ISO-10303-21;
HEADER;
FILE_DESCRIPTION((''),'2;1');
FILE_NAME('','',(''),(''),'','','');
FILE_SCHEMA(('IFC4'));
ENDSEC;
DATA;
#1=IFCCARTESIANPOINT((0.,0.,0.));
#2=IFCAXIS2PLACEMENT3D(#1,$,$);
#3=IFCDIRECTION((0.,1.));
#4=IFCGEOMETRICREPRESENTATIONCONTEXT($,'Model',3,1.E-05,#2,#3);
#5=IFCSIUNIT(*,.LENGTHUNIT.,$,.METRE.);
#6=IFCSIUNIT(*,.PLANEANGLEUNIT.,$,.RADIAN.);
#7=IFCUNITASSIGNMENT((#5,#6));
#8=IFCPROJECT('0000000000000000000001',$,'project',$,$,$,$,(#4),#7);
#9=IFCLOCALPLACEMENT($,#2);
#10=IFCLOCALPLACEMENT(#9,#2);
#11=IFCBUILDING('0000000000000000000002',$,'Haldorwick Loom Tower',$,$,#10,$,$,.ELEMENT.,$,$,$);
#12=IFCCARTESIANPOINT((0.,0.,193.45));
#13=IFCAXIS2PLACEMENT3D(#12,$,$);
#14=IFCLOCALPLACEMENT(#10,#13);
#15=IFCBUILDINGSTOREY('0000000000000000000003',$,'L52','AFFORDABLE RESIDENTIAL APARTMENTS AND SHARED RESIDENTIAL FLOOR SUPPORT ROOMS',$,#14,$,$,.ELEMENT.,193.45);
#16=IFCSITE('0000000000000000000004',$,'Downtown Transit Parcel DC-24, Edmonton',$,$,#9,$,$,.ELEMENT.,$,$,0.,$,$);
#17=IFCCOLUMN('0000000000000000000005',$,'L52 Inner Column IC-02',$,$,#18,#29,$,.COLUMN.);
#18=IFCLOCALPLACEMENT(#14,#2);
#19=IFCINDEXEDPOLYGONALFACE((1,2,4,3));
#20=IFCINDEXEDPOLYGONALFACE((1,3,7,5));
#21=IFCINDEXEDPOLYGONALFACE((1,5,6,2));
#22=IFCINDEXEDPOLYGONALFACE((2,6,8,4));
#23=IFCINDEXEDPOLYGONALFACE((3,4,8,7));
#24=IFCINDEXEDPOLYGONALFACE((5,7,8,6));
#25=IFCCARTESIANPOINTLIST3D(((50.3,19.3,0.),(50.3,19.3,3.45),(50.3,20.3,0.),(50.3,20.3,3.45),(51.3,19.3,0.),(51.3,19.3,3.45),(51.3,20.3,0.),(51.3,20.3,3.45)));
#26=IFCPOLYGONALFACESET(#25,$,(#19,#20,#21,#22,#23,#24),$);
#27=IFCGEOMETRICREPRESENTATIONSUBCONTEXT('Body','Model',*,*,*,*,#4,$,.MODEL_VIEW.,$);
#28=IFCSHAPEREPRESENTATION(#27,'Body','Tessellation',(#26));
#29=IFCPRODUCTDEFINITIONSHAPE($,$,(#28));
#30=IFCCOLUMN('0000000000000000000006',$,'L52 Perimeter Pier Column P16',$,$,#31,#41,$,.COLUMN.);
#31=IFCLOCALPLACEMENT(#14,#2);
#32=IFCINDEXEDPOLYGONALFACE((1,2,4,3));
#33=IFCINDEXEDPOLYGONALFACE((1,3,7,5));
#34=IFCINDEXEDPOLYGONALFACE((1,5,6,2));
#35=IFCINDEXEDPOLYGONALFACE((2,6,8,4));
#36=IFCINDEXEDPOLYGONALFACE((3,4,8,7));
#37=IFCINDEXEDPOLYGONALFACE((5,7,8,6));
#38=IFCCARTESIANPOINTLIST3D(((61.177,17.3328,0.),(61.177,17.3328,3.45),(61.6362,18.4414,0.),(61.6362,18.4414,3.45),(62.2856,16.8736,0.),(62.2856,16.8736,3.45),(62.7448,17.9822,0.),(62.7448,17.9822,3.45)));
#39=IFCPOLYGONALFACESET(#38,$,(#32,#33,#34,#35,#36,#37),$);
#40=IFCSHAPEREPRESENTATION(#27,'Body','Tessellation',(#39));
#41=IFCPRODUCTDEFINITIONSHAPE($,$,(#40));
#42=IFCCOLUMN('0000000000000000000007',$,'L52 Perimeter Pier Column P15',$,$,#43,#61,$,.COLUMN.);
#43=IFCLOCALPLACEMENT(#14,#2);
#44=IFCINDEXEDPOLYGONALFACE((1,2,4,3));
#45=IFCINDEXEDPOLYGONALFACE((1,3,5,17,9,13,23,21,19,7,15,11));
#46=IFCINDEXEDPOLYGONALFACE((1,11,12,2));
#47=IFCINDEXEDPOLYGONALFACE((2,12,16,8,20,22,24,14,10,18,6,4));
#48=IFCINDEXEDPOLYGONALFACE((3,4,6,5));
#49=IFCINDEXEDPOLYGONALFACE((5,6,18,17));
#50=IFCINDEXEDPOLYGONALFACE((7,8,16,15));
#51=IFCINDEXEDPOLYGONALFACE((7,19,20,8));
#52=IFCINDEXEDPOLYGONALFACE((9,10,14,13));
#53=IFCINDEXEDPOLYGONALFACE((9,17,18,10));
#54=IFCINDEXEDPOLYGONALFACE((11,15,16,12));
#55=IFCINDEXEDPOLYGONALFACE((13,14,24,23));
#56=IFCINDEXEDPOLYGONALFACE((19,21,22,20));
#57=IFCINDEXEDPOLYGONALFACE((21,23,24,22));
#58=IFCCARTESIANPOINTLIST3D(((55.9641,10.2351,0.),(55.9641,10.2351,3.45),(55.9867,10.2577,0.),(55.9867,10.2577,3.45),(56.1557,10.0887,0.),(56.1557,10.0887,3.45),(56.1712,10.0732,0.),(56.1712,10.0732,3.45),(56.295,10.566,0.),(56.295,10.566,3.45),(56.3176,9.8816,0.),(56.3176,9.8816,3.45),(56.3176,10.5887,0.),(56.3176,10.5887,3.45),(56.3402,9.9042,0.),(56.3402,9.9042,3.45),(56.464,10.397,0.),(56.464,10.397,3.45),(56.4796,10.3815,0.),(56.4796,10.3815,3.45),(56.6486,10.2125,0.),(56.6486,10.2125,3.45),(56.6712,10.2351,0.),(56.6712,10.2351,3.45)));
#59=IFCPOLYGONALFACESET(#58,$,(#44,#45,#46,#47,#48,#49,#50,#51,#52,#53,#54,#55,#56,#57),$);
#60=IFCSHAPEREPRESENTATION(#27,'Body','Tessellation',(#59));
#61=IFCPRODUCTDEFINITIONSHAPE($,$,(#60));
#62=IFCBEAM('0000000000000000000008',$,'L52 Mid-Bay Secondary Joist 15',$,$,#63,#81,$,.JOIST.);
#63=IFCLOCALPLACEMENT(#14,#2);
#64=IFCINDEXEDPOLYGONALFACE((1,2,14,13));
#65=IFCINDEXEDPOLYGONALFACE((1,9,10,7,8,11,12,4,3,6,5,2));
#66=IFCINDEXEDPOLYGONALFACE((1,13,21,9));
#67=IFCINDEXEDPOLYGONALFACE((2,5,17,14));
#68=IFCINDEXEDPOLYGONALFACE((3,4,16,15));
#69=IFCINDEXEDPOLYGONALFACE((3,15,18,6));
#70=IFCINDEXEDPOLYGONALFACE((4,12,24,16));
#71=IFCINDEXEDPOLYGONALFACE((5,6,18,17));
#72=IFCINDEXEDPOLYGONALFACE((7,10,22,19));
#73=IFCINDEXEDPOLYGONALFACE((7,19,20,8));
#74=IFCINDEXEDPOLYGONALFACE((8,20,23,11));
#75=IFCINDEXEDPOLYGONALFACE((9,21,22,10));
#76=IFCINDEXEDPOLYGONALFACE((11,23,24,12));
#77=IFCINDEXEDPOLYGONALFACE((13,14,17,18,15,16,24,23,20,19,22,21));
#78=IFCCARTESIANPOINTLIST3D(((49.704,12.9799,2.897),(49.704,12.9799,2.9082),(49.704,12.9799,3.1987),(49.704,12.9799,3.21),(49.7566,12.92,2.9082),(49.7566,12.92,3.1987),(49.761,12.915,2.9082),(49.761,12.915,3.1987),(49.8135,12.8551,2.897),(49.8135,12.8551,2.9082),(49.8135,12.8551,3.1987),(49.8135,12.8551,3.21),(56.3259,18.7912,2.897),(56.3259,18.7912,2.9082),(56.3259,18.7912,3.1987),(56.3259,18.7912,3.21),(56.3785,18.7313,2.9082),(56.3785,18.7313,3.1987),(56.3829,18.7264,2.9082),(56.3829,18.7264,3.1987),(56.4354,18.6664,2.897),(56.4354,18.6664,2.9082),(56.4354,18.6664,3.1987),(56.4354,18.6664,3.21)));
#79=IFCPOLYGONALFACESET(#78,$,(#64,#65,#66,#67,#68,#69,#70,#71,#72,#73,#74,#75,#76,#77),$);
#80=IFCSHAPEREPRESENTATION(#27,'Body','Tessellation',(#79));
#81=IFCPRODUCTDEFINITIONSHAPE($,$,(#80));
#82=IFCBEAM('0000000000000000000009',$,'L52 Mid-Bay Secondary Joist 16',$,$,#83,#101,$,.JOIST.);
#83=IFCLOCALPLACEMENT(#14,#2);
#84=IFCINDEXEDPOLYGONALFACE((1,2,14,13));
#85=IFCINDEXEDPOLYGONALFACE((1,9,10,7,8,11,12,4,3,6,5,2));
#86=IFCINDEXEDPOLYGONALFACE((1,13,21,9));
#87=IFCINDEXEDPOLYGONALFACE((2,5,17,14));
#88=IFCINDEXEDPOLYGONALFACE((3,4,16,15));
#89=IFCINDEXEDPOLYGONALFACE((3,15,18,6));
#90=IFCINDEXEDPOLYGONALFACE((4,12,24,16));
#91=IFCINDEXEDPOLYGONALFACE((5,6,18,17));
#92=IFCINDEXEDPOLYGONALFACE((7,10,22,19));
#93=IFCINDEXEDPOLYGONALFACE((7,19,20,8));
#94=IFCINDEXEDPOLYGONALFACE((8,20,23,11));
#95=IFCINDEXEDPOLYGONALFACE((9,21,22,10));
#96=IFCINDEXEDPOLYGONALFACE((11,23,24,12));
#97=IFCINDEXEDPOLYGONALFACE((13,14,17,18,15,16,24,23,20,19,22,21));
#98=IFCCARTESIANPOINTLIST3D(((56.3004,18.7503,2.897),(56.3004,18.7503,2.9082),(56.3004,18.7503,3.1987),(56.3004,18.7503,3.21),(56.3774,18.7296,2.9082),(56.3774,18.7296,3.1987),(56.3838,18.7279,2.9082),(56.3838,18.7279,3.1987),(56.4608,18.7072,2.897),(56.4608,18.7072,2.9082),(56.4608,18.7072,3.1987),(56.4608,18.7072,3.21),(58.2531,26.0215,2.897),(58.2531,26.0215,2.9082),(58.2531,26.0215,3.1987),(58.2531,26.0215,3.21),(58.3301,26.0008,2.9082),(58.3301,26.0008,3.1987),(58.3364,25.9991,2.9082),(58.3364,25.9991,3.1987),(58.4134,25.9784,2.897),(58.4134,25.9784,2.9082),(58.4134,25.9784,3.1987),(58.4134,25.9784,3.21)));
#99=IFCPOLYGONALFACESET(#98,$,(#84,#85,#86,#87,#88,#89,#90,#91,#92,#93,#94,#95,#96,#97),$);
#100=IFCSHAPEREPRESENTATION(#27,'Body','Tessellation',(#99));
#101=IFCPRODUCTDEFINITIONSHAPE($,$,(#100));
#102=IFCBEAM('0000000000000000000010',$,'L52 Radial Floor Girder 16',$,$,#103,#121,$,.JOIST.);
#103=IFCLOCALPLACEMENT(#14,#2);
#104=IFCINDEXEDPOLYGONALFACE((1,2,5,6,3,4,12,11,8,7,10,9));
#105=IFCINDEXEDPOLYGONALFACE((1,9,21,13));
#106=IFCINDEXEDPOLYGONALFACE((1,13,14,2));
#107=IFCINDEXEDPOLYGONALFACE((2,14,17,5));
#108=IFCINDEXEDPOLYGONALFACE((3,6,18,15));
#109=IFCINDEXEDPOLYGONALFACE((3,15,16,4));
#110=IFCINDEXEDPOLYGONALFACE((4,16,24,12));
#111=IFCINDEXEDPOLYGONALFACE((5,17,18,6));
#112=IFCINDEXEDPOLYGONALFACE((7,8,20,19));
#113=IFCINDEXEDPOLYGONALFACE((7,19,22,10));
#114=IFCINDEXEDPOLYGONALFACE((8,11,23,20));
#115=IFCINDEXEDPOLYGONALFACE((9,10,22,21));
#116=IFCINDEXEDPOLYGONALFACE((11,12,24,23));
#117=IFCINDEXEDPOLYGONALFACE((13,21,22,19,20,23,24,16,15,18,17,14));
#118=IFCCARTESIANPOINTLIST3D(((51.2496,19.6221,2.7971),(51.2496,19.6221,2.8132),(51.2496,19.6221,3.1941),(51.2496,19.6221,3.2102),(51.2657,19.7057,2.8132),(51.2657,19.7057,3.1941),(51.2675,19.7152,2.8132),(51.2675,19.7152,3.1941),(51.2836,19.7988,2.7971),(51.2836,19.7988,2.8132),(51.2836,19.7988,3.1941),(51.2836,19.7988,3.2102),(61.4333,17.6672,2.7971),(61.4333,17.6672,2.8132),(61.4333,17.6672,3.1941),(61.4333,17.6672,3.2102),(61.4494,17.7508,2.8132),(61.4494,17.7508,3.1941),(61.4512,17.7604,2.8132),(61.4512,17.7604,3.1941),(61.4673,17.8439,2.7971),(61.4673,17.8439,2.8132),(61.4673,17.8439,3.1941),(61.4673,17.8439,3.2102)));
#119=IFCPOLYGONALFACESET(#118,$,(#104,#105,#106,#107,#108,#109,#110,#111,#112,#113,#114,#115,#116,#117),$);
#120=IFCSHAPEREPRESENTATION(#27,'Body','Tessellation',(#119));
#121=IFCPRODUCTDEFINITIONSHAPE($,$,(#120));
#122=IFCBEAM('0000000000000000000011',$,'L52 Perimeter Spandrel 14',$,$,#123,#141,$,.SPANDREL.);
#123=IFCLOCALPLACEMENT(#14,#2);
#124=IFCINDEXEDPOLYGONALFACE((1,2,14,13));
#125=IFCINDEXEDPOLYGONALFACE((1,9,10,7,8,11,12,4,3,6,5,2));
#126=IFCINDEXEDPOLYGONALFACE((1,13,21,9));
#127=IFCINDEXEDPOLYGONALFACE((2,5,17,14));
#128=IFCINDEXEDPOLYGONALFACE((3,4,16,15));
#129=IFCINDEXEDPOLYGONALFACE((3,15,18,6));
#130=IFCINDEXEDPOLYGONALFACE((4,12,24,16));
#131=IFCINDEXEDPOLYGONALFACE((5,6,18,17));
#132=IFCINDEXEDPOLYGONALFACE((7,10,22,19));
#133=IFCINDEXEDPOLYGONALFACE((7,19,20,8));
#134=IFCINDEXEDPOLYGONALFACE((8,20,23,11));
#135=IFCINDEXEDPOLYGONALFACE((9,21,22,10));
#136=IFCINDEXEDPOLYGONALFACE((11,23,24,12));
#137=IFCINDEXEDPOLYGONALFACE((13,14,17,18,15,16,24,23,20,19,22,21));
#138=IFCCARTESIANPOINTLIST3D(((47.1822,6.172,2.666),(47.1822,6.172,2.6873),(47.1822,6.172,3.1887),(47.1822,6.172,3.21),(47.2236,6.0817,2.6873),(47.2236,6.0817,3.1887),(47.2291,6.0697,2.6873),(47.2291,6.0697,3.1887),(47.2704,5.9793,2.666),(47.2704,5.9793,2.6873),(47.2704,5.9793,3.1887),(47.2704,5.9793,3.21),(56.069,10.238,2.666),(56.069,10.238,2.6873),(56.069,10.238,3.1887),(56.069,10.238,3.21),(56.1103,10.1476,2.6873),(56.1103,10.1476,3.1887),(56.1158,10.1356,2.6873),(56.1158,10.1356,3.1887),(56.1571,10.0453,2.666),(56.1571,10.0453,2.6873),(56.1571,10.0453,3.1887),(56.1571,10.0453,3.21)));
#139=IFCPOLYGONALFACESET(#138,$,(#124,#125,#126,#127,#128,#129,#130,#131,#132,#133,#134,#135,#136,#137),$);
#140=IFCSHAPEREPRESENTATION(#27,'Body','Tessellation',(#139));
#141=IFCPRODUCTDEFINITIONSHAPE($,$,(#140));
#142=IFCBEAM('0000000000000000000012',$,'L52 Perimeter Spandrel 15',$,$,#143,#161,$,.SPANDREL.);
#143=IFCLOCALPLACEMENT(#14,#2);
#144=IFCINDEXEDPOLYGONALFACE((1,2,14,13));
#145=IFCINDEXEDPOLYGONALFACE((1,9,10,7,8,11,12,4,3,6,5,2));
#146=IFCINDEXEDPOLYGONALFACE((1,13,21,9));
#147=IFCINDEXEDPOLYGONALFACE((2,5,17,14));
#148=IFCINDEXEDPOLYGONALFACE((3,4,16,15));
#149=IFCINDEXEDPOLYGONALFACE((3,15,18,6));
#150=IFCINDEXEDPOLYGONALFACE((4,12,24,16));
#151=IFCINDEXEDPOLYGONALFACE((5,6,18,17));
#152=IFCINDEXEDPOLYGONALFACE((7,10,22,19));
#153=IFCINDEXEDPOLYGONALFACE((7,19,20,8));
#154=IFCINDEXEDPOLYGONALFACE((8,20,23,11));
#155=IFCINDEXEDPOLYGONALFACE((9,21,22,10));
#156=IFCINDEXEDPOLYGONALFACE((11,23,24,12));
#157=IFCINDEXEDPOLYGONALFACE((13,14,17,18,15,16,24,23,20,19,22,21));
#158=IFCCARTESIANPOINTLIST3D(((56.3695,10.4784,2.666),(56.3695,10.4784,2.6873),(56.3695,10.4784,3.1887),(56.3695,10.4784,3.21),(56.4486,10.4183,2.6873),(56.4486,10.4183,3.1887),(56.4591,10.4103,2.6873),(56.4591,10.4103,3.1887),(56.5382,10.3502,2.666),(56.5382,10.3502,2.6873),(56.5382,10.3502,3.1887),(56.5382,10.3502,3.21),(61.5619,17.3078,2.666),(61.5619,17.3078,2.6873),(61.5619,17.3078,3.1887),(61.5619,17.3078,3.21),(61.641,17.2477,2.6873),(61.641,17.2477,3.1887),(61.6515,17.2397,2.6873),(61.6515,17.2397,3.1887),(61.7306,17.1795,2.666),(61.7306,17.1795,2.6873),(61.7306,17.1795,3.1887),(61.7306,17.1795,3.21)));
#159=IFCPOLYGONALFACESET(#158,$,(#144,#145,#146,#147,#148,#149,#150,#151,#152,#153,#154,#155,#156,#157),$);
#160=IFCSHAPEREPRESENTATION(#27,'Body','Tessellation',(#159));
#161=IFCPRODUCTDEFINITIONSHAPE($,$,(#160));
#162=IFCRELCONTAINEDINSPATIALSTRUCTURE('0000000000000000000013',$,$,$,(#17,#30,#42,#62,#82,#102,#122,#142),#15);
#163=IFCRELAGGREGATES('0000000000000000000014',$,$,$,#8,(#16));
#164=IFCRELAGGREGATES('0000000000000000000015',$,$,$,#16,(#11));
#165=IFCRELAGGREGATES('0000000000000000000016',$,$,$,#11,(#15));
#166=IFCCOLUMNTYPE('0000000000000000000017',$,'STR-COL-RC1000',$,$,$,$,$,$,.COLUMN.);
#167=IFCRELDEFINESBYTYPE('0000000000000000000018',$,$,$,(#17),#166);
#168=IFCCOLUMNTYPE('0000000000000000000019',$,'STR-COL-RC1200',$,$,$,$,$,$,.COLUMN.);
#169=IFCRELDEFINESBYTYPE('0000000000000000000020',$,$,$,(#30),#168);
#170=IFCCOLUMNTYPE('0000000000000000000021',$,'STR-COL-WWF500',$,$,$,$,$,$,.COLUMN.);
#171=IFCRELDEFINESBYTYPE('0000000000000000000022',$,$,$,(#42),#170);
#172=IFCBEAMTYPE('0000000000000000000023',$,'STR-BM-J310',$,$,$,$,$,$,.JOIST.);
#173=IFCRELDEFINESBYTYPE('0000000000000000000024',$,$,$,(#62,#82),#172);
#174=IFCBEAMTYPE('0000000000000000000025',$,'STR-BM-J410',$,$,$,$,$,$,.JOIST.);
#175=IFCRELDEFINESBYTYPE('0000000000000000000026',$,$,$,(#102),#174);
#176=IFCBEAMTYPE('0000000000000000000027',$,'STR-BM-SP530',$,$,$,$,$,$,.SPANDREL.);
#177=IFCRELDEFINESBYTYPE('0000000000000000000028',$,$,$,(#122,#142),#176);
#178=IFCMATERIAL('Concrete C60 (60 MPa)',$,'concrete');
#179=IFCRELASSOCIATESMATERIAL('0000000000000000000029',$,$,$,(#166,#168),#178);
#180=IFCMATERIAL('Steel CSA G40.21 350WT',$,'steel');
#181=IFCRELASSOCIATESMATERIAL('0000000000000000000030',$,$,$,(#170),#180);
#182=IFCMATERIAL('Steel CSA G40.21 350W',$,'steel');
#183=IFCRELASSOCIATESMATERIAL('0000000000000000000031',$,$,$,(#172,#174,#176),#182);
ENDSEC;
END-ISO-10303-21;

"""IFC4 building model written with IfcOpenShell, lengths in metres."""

from ifc_helpers import new_model, si_unit, direction, frame, origin, origin_2d, place, context, subcontext, project, spatial, rectangle, i_section, extrude, material, material_profile, profile_set, type_object, element, save


model = new_model("IFC4")

# Units and contexts
model_context = context("Model", 3, precision=1e-05, world=origin(), true_north=direction((0.0, 1.0)))
body_context = subcontext(model_context, "Body", "Model", "MODEL_VIEW")
ifc_project = project(units=[si_unit("LENGTHUNIT", "METRE"), si_unit("PLANEANGLEUNIT", "RADIAN")], contexts=[model_context])

# Site, building, storey
site_placement = place(None, origin())
site = spatial("IfcSite", under=ifc_project, at=site_placement, Name="Downtown Transit Parcel DC-24, Edmonton", CompositionType="ELEMENT", RefElevation=0.0)
building_placement = place(site_placement, origin())
building = spatial("IfcBuilding", under=site, at=building_placement, Name="Haldorwick Loom Tower", CompositionType="ELEMENT")
storey_placement = place(building_placement, frame((0.0, 0.0, 193.45)))
storey = spatial("IfcBuildingStorey", under=building, at=storey_placement, Name="L52", Description="AFFORDABLE RESIDENTIAL APARTMENTS AND SHARED RESIDENTIAL FLOOR SUPPORT ROOMS", CompositionType="ELEMENT", Elevation=193.45)

# Columns
ifc_material_1 = material(Name="Concrete C60 (60 MPa)", Category="concrete")
ifc_material_profile_1 = material_profile(ifc_material_1, rectangle(XDim=1.0, YDim=1.0, at=origin_2d()), Name="RC1000X1000", Category="concrete")
ifc_profile_set_1 = profile_set([ifc_material_profile_1], Name="Concrete C60 (60 MPa)")
column_type_1 = type_object("IfcColumnType", Name="STR-COL-RC1000", PredefinedType="COLUMN", material=ifc_profile_set_1)
column_1_placement = place(storey_placement, frame((50.8, 19.8, 0.0), z_axis=(0.0, 0.0, 1.0), x_axis=(1.0, 0.0, 0.0)))
element("IfcColumn", 1, at=column_1_placement, inside=storey, type_object=column_type_1, Name="L52 Inner Column IC-02", PredefinedType="COLUMN", context=body_context, shape_type="SweptSolid", body=[
    extrude(rectangle(XDim=1.0, YDim=1.0, at=origin_2d()), origin(), (0.0, 0.0, 1.0), 3.45),
])
ifc_material_profile_2 = material_profile(ifc_material_1, rectangle(XDim=1.2, YDim=1.2, at=origin_2d()), Name="RC1200X1200", Category="concrete")
ifc_profile_set_2 = profile_set([ifc_material_profile_2], Name="Concrete C60 (60 MPa)")
column_type_2 = type_object("IfcColumnType", Name="STR-COL-RC1200", PredefinedType="COLUMN", material=ifc_profile_set_2)
column_2_placement = place(storey_placement, frame((61.9609, 17.6575, 0.0), z_axis=(0.0, 0.0, 1.0), x_axis=(0.92388, -0.382683, 0.0)))
element("IfcColumn", 2, at=column_2_placement, inside=storey, type_object=column_type_2, Name="L52 Perimeter Pier Column P16", PredefinedType="COLUMN", context=body_context, shape_type="SweptSolid", body=[
    extrude(rectangle(XDim=1.2, YDim=1.2, at=origin_2d()), origin(), (0.0, 0.0, 1.0), 3.45),
])
ifc_material_2 = material(Name="Steel CSA G40.21 350WT", Category="steel")
ifc_material_profile_3 = material_profile(ifc_material_2, i_section(OverallWidth=0.5, OverallDepth=0.5, WebThickness=0.022, FlangeThickness=0.032, at=origin_2d()), Name="WWF500X500", Category="steel")
ifc_profile_set_3 = profile_set([ifc_material_profile_3], Name="Steel CSA G40.21 350WT")
column_type_3 = type_object("IfcColumnType", Name="STR-COL-WWF500", PredefinedType="COLUMN", material=ifc_profile_set_3)
column_3_placement = place(storey_placement, frame((56.3176, 10.2351, 0.0), z_axis=(0.0, 0.0, 1.0), x_axis=(0.707107, -0.707107, 0.0)))
element("IfcColumn", 3, at=column_3_placement, inside=storey, type_object=column_type_3, Name="L52 Perimeter Pier Column P15", PredefinedType="COLUMN", context=body_context, shape_type="SweptSolid", body=[
    extrude(i_section(OverallWidth=0.5, OverallDepth=0.5, WebThickness=0.022, FlangeThickness=0.032, at=origin_2d()), origin(), (0.0, 0.0, 1.0), 3.45),
])

# Beams
ifc_material_3 = material(Name="Steel CSA G40.21 350W", Category="steel")
ifc_material_profile_4 = material_profile(ifc_material_3, i_section(OverallWidth=0.166, OverallDepth=0.313, WebThickness=0.0066, FlangeThickness=0.0112, at=origin_2d()), Name="W310X45", Category="steel")
ifc_profile_set_4 = profile_set([ifc_material_profile_4], Name="Steel CSA G40.21 350W")
beam_type_1 = type_object("IfcBeamType", Name="STR-BM-J310", PredefinedType="JOIST", material=ifc_profile_set_4)
beam_1_placement = place(storey_placement, frame((49.7588, 12.9175, 3.0535), z_axis=(0.751609, 0.659608, 0.0), x_axis=(-0.659608, 0.751609, 0.0)))
element("IfcBeam", 4, at=beam_1_placement, inside=storey, type_object=beam_type_1, Name="L52 Mid-Bay Secondary Joist 15", PredefinedType="JOIST", context=body_context, shape_type="SweptSolid", body=[
    extrude(i_section(OverallWidth=0.166, OverallDepth=0.313, WebThickness=0.0066, FlangeThickness=0.0112, at=origin_2d()), origin(), (0.0, 0.0, 1.0), 8.8103),
])
beam_2_placement = place(storey_placement, frame((56.3806, 18.7288, 3.0535), z_axis=(0.259354, 0.965782, 0.0), x_axis=(-0.965782, 0.259354, 0.0)))
element("IfcBeam", 5, at=beam_2_placement, inside=storey, type_object=beam_type_1, Name="L52 Mid-Bay Secondary Joist 16", PredefinedType="JOIST", context=body_context, shape_type="SweptSolid", body=[
    extrude(i_section(OverallWidth=0.166, OverallDepth=0.313, WebThickness=0.0066, FlangeThickness=0.0112, at=origin_2d()), origin(), (0.0, 0.0, 1.0), 7.5288),
])
ifc_material_profile_5 = material_profile(ifc_material_3, i_section(OverallWidth=0.1799, OverallDepth=0.4131, WebThickness=0.0098, FlangeThickness=0.0161, at=origin_2d()), Name="W410X74", Category="steel")
ifc_profile_set_5 = profile_set([ifc_material_profile_5], Name="Steel CSA G40.21 350W")
beam_type_2 = type_object("IfcBeamType", Name="STR-BM-J410", PredefinedType="JOIST", material=ifc_profile_set_5)
beam_3_placement = place(storey_placement, frame((51.2666, 19.7104, 3.0037), z_axis=(0.98207, -0.188517, 0.0), x_axis=(0.188517, 0.98207, 0.0)))
element("IfcBeam", 6, at=beam_3_placement, inside=storey, type_object=beam_type_2, Name="L52 Radial Floor Girder 16", PredefinedType="JOIST", context=body_context, shape_type="SweptSolid", body=[
    extrude(i_section(OverallWidth=0.1799, OverallDepth=0.4131, WebThickness=0.0098, FlangeThickness=0.0161, at=origin_2d()), origin(), (0.0, 0.0, 1.0), 10.3696),
])
ifc_material_profile_6 = material_profile(ifc_material_3, i_section(OverallWidth=0.2119, OverallDepth=0.5439, WebThickness=0.0132, FlangeThickness=0.0212, at=origin_2d()), Name="W530X123", Category="steel")
ifc_profile_set_6 = profile_set([ifc_material_profile_6], Name="Steel CSA G40.21 350W")
beam_type_3 = type_object("IfcBeamType", Name="STR-BM-SP530", PredefinedType="SPANDREL", material=ifc_profile_set_6)
beam_4_placement = place(storey_placement, frame((47.2263, 6.0757, 2.938), z_axis=(0.909342, 0.416049, 0.0), x_axis=(-0.416049, 0.909342, 0.0)))
element("IfcBeam", 7, at=beam_4_placement, inside=storey, type_object=beam_type_3, Name="L52 Perimeter Spandrel 14", PredefinedType="SPANDREL", context=body_context, shape_type="SweptSolid", body=[
    extrude(i_section(OverallWidth=0.2119, OverallDepth=0.5439, WebThickness=0.0132, FlangeThickness=0.0212, at=origin_2d()), origin(), (0.0, 0.0, 1.0), 9.7727),
])
beam_5_placement = place(storey_placement, frame((56.4539, 10.4143, 2.938), z_axis=(0.605237, 0.796045, 0.0), x_axis=(-0.796045, 0.605237, 0.0)))
element("IfcBeam", 8, at=beam_5_placement, inside=storey, type_object=beam_type_3, Name="L52 Perimeter Spandrel 15", PredefinedType="SPANDREL", context=body_context, shape_type="SweptSolid", body=[
    extrude(i_section(OverallWidth=0.2119, OverallDepth=0.5439, WebThickness=0.0132, FlangeThickness=0.0212, at=origin_2d()), origin(), (0.0, 0.0, 1.0), 8.5791),
])

save(model, "model.ifc")
